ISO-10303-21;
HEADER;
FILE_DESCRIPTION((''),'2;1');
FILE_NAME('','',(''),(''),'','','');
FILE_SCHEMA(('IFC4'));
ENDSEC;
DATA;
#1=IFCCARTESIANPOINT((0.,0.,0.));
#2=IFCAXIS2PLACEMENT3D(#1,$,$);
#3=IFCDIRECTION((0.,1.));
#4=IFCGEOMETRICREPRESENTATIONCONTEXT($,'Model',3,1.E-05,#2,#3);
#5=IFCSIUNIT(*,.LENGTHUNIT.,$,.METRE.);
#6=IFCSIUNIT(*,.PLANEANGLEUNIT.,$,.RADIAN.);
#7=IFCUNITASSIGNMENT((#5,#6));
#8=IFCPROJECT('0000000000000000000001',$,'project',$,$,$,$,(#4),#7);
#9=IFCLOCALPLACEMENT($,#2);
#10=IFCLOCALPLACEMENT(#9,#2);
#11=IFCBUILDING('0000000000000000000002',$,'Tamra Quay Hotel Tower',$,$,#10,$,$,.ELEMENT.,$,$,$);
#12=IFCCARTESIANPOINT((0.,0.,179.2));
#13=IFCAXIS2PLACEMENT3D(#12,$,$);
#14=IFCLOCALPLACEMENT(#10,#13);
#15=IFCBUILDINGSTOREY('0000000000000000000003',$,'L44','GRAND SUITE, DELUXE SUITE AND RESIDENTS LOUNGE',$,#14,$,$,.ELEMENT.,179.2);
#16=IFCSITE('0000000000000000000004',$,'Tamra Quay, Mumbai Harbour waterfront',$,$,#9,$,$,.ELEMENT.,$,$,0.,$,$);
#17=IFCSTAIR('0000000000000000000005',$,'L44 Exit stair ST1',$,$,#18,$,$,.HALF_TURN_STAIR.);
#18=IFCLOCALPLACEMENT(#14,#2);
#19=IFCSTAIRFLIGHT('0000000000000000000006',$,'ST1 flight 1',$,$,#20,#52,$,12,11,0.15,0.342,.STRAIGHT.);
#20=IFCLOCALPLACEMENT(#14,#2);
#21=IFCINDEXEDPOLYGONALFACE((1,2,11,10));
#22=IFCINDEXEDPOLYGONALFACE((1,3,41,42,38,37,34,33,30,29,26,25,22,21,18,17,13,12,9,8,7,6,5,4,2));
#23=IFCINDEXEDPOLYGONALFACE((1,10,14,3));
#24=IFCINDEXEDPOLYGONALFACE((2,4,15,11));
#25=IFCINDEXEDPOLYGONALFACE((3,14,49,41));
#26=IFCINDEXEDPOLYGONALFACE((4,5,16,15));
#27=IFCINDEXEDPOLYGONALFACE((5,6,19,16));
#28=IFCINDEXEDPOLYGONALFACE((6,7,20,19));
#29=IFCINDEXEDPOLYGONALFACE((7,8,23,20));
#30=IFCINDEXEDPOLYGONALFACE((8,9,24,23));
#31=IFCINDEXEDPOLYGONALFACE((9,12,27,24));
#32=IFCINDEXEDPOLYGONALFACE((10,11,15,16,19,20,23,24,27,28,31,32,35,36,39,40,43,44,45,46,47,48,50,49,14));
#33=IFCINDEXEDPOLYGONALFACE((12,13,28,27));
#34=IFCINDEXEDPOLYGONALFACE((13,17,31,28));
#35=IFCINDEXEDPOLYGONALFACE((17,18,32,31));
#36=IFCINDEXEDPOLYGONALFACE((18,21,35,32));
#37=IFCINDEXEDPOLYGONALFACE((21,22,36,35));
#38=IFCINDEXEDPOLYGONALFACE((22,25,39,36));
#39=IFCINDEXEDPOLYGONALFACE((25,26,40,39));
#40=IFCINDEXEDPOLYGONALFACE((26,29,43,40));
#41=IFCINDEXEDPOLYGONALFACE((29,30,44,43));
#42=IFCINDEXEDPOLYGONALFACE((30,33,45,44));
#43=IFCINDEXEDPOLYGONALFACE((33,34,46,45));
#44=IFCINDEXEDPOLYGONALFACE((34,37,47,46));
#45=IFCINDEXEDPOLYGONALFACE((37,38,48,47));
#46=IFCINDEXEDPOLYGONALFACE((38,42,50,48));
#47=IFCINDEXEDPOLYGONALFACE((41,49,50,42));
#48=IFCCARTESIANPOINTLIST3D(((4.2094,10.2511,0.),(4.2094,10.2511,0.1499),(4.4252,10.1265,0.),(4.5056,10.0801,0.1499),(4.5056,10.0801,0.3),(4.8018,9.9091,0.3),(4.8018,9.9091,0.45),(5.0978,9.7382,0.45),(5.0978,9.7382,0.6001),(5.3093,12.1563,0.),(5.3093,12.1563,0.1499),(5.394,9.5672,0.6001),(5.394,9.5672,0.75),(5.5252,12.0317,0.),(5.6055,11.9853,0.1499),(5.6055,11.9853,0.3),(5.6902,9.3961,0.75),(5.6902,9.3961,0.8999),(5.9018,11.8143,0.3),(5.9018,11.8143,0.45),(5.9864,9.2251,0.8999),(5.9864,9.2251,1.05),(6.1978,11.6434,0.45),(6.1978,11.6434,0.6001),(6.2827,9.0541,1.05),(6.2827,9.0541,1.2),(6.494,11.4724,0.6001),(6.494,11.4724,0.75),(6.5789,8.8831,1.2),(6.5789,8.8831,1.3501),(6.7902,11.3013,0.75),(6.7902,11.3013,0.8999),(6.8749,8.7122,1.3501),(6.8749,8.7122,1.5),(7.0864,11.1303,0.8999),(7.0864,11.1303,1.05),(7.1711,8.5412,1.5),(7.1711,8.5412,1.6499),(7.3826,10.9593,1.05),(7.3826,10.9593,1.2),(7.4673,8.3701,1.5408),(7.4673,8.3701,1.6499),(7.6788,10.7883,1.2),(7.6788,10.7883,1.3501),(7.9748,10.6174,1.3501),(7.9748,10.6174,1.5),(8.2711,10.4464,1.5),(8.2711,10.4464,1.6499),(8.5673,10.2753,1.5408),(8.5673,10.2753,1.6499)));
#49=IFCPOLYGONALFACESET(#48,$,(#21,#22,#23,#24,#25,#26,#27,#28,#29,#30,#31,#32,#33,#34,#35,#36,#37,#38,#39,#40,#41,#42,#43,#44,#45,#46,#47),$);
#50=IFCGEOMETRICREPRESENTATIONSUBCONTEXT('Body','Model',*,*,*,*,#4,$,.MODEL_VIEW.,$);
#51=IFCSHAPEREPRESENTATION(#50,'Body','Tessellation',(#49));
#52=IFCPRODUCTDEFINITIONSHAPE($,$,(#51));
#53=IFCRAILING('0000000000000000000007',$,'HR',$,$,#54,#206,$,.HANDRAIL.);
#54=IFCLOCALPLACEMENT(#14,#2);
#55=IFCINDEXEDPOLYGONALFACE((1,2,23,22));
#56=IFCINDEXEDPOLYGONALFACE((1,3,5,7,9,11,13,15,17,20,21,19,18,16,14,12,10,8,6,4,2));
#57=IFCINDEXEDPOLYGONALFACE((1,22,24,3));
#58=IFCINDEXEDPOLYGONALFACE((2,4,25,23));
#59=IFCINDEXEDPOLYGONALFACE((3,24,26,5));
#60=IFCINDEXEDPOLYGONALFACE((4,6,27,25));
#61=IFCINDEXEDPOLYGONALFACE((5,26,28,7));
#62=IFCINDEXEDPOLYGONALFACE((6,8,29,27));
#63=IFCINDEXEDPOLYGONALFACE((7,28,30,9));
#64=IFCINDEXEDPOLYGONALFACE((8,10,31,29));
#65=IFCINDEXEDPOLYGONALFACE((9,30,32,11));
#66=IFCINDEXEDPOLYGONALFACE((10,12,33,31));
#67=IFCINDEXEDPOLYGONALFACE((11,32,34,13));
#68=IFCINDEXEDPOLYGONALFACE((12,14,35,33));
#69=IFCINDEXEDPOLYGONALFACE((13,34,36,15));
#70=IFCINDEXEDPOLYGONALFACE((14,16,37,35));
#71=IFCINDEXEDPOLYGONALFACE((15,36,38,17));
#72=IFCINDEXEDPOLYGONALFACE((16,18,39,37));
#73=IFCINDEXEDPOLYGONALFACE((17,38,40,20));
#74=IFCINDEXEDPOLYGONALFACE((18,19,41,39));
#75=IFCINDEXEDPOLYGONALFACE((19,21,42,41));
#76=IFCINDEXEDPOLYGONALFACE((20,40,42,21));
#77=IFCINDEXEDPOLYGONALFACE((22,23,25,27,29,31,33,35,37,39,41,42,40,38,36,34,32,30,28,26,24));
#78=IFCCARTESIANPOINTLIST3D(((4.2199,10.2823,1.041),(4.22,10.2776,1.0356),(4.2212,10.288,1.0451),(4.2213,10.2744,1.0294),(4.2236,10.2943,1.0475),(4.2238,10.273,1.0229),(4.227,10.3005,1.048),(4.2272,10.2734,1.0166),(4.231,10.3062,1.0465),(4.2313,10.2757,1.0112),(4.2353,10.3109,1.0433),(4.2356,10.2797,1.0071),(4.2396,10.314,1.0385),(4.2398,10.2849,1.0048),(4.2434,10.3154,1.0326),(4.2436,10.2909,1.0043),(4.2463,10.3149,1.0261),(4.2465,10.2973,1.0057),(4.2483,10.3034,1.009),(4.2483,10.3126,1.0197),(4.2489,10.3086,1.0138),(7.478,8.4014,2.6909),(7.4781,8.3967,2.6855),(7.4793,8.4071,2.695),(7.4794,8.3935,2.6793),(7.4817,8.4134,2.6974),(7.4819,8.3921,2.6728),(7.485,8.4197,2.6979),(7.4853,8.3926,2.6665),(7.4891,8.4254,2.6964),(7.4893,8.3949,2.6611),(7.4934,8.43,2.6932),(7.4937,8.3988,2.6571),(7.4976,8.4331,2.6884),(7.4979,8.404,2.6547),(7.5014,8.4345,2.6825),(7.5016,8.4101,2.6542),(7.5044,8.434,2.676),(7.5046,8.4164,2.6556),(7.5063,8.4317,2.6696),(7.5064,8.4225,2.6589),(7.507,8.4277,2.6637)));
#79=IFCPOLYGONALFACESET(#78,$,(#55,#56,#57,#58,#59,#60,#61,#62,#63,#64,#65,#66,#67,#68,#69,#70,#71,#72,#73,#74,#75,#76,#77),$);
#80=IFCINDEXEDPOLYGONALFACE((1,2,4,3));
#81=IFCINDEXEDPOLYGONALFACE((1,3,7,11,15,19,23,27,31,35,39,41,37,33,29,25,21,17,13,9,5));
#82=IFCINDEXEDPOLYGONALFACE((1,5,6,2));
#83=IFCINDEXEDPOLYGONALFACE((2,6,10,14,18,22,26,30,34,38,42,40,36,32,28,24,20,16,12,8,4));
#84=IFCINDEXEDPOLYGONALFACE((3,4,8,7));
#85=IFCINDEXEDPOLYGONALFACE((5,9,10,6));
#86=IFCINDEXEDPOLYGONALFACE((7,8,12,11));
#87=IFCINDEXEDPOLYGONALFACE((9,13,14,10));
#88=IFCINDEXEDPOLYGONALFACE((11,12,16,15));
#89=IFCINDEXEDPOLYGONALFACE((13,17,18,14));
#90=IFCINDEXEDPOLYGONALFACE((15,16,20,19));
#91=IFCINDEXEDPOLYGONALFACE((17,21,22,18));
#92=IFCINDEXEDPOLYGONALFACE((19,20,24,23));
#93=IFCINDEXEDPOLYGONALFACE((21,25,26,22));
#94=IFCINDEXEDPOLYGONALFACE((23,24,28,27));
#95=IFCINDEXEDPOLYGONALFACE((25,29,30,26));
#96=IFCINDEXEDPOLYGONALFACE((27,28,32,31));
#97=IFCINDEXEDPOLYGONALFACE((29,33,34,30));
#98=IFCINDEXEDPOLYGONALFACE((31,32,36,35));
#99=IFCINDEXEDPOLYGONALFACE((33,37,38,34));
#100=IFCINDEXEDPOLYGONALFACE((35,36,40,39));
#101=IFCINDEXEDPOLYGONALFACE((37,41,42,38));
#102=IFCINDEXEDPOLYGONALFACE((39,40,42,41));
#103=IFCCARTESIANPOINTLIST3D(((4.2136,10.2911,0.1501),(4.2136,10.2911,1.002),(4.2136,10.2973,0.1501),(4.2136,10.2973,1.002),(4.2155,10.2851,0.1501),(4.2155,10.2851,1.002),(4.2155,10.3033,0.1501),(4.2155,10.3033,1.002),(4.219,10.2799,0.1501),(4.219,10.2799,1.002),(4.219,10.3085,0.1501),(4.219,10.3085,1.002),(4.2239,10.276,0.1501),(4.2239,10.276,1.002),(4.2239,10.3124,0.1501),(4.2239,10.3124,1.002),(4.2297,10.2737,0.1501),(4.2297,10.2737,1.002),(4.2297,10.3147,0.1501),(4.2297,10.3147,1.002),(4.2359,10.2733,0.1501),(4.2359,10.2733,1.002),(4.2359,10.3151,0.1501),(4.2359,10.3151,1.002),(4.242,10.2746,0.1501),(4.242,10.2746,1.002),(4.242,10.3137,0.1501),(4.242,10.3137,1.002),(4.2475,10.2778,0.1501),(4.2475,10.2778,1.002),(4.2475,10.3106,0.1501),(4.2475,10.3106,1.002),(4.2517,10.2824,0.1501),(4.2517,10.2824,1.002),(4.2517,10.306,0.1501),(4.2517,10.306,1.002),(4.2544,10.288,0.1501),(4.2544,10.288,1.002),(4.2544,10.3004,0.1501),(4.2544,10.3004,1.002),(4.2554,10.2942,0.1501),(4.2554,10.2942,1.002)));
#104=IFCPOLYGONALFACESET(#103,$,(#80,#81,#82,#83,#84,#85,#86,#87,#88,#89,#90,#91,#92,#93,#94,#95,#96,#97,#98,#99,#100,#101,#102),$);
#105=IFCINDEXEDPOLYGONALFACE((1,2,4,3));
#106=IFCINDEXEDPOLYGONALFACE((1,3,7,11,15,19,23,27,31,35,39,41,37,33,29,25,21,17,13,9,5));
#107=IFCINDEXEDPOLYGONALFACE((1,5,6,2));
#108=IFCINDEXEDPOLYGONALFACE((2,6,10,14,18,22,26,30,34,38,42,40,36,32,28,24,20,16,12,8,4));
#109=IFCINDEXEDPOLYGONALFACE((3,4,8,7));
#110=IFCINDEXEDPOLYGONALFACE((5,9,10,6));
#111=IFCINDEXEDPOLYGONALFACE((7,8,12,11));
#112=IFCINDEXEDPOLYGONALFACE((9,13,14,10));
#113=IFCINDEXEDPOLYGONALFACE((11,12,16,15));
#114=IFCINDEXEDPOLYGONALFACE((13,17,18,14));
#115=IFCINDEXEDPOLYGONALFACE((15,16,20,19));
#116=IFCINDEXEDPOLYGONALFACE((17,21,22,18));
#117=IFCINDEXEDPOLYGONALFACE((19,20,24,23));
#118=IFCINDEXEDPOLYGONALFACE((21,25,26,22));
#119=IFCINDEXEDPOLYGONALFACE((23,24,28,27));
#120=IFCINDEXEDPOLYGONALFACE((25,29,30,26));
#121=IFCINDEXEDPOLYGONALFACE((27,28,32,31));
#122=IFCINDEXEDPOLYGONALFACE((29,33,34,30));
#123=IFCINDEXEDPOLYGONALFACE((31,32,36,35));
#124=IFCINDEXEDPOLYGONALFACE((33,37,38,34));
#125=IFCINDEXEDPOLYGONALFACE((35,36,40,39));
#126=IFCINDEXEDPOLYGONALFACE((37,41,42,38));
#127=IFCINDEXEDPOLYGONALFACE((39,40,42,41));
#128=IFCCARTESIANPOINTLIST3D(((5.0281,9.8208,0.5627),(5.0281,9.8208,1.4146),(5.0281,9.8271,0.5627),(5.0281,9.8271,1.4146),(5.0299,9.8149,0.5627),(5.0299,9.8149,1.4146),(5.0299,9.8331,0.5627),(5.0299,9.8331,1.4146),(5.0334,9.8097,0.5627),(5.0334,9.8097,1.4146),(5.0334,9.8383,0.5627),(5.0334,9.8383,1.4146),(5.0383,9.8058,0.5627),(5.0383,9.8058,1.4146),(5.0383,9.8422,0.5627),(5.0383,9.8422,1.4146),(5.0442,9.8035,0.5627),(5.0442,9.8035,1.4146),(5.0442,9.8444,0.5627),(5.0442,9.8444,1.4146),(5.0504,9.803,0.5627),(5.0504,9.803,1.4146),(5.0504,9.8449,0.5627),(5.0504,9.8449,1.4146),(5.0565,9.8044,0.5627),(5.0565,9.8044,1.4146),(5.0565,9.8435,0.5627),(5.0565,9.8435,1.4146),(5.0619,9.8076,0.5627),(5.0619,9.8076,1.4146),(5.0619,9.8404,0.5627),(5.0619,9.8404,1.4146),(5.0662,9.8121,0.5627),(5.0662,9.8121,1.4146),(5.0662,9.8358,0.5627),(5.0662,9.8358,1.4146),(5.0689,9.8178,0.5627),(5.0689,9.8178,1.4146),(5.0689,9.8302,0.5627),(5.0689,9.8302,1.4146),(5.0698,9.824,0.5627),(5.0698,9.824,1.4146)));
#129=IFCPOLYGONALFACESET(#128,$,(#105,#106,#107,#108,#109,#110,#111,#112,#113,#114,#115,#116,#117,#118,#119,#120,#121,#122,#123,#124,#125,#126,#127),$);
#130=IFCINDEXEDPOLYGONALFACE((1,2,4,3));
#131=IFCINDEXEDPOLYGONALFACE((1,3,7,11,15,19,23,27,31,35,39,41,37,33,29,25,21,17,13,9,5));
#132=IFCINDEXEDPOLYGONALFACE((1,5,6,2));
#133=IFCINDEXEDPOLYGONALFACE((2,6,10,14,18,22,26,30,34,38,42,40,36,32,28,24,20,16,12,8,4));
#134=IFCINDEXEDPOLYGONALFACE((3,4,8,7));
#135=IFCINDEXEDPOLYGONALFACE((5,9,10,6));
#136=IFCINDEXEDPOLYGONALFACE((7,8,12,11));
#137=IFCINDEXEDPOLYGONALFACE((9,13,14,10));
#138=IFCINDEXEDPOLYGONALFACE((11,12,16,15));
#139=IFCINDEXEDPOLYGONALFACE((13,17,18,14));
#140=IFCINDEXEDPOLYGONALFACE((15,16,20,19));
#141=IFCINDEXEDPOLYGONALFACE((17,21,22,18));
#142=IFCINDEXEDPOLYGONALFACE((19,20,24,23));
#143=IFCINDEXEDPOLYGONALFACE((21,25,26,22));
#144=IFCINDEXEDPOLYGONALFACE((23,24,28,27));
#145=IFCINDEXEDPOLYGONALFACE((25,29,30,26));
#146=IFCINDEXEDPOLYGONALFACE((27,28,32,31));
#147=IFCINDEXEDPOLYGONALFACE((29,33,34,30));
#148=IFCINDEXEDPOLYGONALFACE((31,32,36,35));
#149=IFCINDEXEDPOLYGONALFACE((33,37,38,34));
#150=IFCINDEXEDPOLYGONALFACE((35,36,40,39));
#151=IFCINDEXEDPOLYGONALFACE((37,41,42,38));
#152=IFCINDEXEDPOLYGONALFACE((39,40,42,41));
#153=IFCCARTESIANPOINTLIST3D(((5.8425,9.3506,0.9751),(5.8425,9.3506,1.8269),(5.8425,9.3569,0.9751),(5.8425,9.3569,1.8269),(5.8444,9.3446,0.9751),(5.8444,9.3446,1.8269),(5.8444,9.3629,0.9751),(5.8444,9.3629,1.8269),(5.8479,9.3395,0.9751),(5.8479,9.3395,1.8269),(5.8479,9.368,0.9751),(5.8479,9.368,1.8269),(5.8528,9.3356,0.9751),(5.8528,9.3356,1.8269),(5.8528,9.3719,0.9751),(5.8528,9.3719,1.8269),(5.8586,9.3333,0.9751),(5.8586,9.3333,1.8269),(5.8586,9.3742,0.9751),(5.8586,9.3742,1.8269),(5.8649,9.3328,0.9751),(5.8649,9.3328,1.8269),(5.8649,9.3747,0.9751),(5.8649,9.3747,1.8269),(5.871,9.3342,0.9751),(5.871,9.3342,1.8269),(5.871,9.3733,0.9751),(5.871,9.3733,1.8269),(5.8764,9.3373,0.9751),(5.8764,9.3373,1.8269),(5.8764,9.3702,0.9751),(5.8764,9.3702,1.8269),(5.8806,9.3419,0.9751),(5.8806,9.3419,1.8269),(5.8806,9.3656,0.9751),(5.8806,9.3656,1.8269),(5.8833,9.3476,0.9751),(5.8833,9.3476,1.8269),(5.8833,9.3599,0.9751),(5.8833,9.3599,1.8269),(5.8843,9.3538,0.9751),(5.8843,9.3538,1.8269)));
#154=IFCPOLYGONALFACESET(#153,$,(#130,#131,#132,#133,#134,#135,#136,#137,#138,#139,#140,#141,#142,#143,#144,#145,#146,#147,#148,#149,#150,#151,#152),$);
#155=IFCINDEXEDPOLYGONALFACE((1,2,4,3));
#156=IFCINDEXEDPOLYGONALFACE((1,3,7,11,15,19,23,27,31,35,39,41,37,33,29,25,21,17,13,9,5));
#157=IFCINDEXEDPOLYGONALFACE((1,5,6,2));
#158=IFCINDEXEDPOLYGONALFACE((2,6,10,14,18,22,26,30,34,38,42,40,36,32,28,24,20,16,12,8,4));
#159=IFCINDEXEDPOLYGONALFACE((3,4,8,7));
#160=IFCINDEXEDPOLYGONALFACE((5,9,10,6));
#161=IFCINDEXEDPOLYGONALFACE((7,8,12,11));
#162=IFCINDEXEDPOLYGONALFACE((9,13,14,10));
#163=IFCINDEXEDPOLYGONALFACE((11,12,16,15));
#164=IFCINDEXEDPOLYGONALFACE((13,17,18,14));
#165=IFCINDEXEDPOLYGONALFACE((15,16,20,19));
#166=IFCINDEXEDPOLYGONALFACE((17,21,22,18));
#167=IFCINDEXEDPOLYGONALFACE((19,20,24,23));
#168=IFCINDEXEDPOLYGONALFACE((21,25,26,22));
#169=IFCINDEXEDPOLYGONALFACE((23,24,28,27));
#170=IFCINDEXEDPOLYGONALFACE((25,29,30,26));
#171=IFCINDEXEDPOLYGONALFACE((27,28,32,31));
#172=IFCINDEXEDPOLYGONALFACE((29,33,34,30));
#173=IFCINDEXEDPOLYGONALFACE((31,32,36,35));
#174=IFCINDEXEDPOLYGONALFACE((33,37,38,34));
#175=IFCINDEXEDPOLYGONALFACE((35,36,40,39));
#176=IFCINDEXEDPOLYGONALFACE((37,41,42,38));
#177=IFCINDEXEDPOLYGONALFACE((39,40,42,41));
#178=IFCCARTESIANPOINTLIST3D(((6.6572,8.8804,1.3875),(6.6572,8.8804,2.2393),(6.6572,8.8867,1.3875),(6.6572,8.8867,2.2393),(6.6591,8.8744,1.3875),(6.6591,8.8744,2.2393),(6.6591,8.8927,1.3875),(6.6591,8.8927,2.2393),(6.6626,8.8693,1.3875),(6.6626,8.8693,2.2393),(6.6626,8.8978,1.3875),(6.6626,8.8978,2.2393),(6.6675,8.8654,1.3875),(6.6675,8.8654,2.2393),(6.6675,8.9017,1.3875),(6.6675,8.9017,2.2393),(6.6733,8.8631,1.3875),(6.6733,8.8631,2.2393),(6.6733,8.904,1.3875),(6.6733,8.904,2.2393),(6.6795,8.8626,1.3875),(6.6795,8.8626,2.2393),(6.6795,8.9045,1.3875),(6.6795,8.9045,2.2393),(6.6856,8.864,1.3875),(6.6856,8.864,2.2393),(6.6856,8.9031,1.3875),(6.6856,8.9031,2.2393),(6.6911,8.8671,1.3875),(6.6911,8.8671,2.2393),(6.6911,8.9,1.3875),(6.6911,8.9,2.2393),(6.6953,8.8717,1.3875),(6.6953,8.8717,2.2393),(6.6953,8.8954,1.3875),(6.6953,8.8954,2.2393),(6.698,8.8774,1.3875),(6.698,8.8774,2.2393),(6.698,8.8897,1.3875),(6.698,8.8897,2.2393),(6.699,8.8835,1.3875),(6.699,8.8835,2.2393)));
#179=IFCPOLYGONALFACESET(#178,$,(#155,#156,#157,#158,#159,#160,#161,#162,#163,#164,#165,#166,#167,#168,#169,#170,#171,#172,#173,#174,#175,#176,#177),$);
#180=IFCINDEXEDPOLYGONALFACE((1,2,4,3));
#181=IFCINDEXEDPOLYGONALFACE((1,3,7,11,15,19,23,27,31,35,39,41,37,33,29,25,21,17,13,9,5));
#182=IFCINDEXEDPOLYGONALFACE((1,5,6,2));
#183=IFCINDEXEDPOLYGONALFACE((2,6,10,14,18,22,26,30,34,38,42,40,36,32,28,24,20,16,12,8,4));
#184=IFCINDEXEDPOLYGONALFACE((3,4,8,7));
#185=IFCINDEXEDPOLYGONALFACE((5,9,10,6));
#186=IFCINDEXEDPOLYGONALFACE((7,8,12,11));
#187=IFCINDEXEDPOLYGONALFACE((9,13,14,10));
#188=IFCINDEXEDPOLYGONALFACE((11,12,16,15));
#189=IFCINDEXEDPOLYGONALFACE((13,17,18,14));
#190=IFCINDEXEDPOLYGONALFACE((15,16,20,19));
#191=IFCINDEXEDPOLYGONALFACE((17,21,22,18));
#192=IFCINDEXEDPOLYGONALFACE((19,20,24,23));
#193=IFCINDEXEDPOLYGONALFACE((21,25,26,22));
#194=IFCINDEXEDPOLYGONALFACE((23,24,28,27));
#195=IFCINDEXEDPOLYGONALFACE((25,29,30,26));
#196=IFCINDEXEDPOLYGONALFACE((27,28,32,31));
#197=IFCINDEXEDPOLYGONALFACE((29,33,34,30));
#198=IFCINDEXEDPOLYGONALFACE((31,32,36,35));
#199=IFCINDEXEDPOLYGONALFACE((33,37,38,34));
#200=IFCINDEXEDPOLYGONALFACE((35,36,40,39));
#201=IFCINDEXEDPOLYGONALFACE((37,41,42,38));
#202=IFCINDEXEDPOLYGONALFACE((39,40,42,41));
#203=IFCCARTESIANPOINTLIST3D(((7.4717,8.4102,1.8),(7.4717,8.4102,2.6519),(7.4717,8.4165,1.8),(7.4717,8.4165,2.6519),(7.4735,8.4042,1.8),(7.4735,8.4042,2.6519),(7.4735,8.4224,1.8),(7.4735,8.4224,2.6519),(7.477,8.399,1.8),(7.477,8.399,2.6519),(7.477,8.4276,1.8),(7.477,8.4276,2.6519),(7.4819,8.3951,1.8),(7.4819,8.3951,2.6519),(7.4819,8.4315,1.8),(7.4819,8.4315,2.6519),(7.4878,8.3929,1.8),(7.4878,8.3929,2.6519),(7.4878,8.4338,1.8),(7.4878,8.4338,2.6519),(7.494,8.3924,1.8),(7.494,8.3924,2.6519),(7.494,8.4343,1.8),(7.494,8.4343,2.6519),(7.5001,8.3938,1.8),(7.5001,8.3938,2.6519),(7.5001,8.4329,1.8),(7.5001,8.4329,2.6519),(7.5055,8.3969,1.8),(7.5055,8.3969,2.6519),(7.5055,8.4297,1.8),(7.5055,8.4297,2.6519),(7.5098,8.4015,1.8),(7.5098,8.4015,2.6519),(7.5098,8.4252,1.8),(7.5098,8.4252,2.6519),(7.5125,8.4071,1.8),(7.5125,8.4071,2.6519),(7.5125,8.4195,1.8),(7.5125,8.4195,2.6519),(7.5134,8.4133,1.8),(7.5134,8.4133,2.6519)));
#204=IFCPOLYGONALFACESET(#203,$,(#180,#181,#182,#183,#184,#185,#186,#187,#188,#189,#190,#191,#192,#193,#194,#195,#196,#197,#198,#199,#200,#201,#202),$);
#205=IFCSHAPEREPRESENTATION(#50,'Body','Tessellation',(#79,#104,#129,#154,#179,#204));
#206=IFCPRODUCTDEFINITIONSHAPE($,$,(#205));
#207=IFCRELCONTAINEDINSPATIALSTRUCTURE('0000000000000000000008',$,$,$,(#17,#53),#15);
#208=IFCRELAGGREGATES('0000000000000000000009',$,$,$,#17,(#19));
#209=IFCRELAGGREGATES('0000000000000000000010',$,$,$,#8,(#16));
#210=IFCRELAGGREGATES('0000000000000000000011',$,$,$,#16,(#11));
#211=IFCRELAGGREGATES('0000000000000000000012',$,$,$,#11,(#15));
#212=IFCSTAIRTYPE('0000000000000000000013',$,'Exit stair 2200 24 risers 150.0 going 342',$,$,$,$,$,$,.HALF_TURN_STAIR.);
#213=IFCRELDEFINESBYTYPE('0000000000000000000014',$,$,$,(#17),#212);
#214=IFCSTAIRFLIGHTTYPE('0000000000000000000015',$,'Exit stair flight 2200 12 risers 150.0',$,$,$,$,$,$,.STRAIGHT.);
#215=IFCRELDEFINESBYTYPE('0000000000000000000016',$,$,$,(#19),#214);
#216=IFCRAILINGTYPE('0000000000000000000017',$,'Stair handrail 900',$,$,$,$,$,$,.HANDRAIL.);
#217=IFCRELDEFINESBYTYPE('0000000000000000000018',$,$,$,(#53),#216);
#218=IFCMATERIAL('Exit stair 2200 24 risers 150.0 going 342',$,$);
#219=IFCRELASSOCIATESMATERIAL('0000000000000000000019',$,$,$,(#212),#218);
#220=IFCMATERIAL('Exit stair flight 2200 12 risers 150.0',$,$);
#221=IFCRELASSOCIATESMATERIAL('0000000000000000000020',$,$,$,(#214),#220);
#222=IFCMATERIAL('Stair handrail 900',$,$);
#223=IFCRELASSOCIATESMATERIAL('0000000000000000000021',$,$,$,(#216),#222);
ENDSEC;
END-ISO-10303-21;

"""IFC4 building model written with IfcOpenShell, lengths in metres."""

from ifc_helpers import new_model, si_unit, direction, frame, origin, origin_2d, place, context, subcontext, project, spatial, polyline, circle, outline, extrude, material, type_object, element, aggregate, save


model = new_model("IFC4")

# Units and contexts
model_context = context("Model", 3, precision=1e-05, world=origin(), true_north=direction((0.0, 1.0)))
body_context = subcontext(model_context, "Body", "Model", "MODEL_VIEW")
ifc_project = project(units=[si_unit("LENGTHUNIT", "METRE"), si_unit("PLANEANGLEUNIT", "RADIAN")], contexts=[model_context])

# Site, building, storey
site_placement = place(None, origin())
site = spatial("IfcSite", under=ifc_project, at=site_placement, Name="Tamra Quay, Mumbai Harbour waterfront", CompositionType="ELEMENT", RefElevation=0.0)
building_placement = place(site_placement, origin())
building = spatial("IfcBuilding", under=site, at=building_placement, Name="Tamra Quay Hotel Tower", CompositionType="ELEMENT")
storey_placement = place(building_placement, frame((0.0, 0.0, 179.2)))
storey = spatial("IfcBuildingStorey", under=building, at=storey_placement, Name="L44", Description="GRAND SUITE, DELUXE SUITE AND RESIDENTS LOUNGE", CompositionType="ELEMENT", Elevation=179.2)

# Stair, stair flight
ifc_material_1 = material(Name="Exit stair 2200 24 risers 150.0 going 342")
stair_type = type_object("IfcStairType", Name="Exit stair 2200 24 risers 150.0 going 342", PredefinedType="HALF_TURN_STAIR", material=ifc_material_1)
stair_placement = place(storey_placement, origin())
stair = element("IfcStair", 1, at=stair_placement, inside=storey, type_object=stair_type, Name="L44 Exit stair ST1", PredefinedType="HALF_TURN_STAIR")
ifc_material_2 = material(Name="Exit stair flight 2200 12 risers 150.0")
stair_flight_type = type_object("IfcStairFlightType", Name="Exit stair flight 2200 12 risers 150.0", PredefinedType="STRAIGHT", material=ifc_material_2)
stair_flight_placement = place(storey_placement, frame((4.7593, 11.2036, 0.0), z_axis=(0.0, 0.0, 1.0), x_axis=(0.866025, -0.5, 0.0)))
stair_flight = element("IfcStairFlight", 2, at=stair_flight_placement, type_object=stair_flight_type, Name="ST1 flight 1", NumberOfRisers=12, NumberOfTreads=11, PredefinedType="STRAIGHT", RiserHeight=0.15, TreadLength=0.342, context=body_context, shape_type="SweptSolid", body=[
    extrude(outline(polyline([(0.0, 0.0), (0.0, 0.1499), (0.342, 0.1499), (0.342, 0.3), (0.6841, 0.3), (0.6841, 0.45), (1.0259, 0.45), (1.0259, 0.6001), (1.3679, 0.6001), (1.3679, 0.75), (1.71, 0.75), (1.71, 0.8999), (2.052, 0.8999), (2.052, 1.05), (2.394, 1.05), (2.394, 1.2), (2.7361, 1.2), (2.7361, 1.3501), (3.0779, 1.3501), (3.0779, 1.5), (3.4199, 1.5), (3.4199, 1.6499), (3.762, 1.6499), (3.762, 1.8), (3.762, 1.5408), (0.2493, 0.0), (0.0, 0.0)])), frame((0.0, 1.1001, 0.0), z_axis=(0.0, -1.0, 0.0), x_axis=(1.0, 0.0, 0.0)), (0.0, 0.0, 1.0), 2.2),
])
aggregate(stair, [stair_flight])

# Railing
ifc_material_3 = material(Name="Stair handrail 900")
railing_type = type_object("IfcRailingType", Name="Stair handrail 900", PredefinedType="HANDRAIL", material=ifc_material_3)
railing_placement = place(storey_placement, frame((4.2344, 10.2942, 0.1501)))
element("IfcRailing", 3, at=railing_placement, inside=storey, type_object=railing_type, Name="HR", PredefinedType="HANDRAIL", context=body_context, shape_type="SweptSolid", body=[
    extrude(circle(Radius=0.0239, at=origin_2d()), frame((0.0, 0.0, 0.876), z_axis=(0.793122, -0.457865, 0.401642), x_axis=(0.499964, 0.866046, 0.0)), (0.0, 0.0, 1.0), 4.1079),
    extrude(circle(Radius=0.021, at=origin_2d()), origin(), (0.0, 0.0, 1.0), 0.8518),
    extrude(circle(Radius=0.021, at=origin_2d()), frame((0.8145, -0.4702, 0.4126)), (0.0, 0.0, 1.0), 0.8518),
    extrude(circle(Radius=0.021, at=origin_2d()), frame((1.6289, -0.9404, 0.825)), (0.0, 0.0, 1.0), 0.8518),
    extrude(circle(Radius=0.021, at=origin_2d()), frame((2.4436, -1.4106, 1.2373)), (0.0, 0.0, 1.0), 0.8518),
    extrude(circle(Radius=0.021, at=origin_2d()), frame((3.2581, -1.8809, 1.6499)), (0.0, 0.0, 1.0), 0.8518),
])

save(model, "model.ifc")
